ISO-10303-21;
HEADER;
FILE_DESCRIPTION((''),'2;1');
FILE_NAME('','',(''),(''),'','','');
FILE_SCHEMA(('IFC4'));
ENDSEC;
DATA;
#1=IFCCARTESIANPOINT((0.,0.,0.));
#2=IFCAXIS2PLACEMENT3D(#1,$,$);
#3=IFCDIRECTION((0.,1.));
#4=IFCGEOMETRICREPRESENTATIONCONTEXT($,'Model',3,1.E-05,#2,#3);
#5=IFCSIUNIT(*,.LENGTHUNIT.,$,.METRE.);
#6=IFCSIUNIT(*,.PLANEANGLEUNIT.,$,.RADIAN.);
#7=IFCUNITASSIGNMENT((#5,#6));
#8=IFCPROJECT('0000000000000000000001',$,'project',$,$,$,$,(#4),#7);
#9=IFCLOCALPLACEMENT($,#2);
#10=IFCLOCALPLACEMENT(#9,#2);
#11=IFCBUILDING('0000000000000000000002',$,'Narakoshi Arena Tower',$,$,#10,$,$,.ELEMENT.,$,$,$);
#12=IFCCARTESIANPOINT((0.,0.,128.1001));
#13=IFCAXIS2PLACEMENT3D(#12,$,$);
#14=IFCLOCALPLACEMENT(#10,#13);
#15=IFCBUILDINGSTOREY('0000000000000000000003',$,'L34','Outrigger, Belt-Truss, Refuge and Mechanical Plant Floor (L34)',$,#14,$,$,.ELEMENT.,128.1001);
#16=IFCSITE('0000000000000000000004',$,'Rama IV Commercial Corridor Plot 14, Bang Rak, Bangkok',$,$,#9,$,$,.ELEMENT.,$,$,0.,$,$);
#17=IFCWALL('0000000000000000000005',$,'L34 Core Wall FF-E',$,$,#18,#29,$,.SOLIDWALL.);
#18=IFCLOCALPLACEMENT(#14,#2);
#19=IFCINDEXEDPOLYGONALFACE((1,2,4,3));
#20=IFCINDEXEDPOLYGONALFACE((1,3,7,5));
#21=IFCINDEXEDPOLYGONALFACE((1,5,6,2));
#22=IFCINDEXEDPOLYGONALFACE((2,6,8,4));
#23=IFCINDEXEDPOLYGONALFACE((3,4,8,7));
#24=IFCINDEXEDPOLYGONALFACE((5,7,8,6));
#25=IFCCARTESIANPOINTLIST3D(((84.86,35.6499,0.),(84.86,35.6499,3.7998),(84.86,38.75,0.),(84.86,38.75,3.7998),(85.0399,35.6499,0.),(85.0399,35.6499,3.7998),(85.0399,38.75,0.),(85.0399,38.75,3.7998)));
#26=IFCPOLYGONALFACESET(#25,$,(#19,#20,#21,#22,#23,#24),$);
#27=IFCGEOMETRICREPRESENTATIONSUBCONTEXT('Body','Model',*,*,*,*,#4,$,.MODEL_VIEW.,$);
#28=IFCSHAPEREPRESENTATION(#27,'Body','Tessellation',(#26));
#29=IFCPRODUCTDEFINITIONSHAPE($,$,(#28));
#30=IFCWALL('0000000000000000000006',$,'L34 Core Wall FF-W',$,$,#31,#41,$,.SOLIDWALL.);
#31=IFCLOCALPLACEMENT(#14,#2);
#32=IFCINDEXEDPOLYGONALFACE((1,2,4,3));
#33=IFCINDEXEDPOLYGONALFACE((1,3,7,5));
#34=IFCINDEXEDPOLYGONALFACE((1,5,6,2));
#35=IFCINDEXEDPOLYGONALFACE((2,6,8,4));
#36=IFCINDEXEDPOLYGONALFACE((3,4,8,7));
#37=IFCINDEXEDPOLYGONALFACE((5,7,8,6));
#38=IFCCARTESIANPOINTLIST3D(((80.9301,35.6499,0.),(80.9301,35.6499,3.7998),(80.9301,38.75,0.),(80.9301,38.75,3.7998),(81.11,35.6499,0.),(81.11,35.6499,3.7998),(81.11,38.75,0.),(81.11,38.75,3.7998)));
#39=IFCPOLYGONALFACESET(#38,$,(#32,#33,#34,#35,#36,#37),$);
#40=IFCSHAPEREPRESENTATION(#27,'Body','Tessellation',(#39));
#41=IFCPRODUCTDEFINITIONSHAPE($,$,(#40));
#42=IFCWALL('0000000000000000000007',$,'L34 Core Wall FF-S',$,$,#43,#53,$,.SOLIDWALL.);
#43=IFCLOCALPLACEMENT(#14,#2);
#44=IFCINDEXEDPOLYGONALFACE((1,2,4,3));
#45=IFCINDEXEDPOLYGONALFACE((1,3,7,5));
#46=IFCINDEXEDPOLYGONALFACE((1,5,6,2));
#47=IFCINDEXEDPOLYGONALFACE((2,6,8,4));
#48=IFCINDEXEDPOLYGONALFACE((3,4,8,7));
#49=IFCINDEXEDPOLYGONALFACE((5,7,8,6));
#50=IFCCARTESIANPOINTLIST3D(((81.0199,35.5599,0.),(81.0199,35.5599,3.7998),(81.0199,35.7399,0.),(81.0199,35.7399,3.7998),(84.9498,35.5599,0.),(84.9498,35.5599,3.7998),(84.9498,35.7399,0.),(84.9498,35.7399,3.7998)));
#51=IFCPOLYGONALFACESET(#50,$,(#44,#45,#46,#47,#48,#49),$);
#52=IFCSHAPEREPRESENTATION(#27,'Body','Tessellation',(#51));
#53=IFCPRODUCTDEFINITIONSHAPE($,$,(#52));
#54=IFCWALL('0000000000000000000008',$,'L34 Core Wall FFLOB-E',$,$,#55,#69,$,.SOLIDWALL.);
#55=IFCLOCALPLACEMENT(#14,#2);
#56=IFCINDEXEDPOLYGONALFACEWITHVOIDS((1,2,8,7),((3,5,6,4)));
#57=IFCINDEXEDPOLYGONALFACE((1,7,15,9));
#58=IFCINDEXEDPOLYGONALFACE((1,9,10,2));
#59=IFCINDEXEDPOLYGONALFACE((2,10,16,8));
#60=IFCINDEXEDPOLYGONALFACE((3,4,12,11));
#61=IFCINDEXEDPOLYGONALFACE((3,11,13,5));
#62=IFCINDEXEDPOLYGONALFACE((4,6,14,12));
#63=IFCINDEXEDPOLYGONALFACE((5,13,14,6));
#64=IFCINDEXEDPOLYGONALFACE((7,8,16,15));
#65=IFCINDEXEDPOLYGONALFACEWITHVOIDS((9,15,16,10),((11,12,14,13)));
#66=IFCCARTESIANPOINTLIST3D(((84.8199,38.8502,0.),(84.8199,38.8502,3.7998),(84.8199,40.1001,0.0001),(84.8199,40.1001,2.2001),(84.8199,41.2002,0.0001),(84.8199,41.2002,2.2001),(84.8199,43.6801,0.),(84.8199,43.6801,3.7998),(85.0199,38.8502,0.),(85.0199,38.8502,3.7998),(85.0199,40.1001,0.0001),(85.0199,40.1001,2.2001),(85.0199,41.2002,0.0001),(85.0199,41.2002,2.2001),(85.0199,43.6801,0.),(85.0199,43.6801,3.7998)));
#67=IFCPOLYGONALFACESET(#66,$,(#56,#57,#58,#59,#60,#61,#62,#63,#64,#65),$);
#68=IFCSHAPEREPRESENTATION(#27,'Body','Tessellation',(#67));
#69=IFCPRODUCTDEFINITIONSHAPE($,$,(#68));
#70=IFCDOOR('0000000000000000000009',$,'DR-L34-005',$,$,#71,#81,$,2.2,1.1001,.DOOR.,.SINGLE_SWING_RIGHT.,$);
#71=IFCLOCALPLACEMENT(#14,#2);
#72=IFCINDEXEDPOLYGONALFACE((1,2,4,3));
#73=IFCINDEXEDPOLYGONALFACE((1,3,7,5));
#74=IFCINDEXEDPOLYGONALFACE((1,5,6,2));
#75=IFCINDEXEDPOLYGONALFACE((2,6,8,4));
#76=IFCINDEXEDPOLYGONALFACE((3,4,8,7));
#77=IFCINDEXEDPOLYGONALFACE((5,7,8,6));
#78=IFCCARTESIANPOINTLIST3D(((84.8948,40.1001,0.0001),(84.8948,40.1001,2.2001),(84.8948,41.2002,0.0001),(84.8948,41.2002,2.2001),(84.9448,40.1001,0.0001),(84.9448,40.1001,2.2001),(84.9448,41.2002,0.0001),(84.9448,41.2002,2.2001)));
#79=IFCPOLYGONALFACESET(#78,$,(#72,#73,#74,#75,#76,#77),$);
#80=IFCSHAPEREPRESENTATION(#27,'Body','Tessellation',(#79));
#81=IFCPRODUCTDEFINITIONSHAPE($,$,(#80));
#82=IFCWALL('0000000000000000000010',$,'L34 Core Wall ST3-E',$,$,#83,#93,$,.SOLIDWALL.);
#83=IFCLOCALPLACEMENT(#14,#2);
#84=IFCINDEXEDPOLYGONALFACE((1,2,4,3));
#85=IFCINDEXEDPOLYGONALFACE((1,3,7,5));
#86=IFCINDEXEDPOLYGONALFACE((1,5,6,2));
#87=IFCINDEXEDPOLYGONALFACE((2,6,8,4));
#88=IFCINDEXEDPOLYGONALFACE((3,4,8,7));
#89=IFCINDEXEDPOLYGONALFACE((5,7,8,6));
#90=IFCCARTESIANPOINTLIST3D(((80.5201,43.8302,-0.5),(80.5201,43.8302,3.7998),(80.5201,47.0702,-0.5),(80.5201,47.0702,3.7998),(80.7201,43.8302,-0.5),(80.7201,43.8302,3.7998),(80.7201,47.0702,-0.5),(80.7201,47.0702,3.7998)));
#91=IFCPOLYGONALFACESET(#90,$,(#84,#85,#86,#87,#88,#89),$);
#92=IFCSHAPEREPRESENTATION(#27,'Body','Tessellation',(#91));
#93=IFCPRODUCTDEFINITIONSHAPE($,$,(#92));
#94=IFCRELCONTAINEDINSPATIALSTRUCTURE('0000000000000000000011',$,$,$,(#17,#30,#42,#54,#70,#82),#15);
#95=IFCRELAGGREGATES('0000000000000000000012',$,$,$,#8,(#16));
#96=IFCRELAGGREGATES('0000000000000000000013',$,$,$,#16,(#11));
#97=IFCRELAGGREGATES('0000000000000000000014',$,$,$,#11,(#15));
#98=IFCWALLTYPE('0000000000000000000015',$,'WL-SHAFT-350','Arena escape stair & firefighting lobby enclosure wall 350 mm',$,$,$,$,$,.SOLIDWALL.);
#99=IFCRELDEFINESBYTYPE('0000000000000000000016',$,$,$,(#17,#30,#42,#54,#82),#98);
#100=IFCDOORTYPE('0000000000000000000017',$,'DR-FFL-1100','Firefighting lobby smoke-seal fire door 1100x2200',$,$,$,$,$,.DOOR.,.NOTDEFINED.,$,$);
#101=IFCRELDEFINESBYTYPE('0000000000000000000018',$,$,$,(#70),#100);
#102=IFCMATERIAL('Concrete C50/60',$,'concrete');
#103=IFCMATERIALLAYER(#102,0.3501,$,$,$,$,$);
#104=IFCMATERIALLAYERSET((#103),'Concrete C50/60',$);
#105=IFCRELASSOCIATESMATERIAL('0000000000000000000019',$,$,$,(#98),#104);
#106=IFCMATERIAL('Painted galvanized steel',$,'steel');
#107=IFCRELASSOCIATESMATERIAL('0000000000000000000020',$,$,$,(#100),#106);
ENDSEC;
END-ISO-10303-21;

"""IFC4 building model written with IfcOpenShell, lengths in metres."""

from ifc_helpers import new_model, si_unit, direction, frame, frame_2d, origin, place, context, subcontext, project, spatial, rectangle, extrude, material, layer, layer_set, type_object, element, fill, save


model = new_model("IFC4")

# Units and contexts
model_context = context("Model", 3, precision=1e-05, world=origin(), true_north=direction((0.0, 1.0)))
body_context = subcontext(model_context, "Body", "Model", "MODEL_VIEW")
ifc_project = project(units=[si_unit("LENGTHUNIT", "METRE"), si_unit("PLANEANGLEUNIT", "RADIAN")], contexts=[model_context])

# Site, building, storey
site_placement = place(None, origin())
site = spatial("IfcSite", under=ifc_project, at=site_placement, Name="Rama IV Commercial Corridor Plot 14, Bang Rak, Bangkok", CompositionType="ELEMENT", RefElevation=0.0)
building_placement = place(site_placement, origin())
building = spatial("IfcBuilding", under=site, at=building_placement, Name="Narakoshi Arena Tower", CompositionType="ELEMENT")
storey_placement = place(building_placement, frame((0.0, 0.0, 128.1001)))
storey = spatial("IfcBuildingStorey", under=building, at=storey_placement, Name="L34", Description="Outrigger, Belt-Truss, Refuge and Mechanical Plant Floor (L34)", CompositionType="ELEMENT", Elevation=128.1001)

# Shared definitions
ifc_material_1 = material(Name="Painted galvanized steel", Category="steel")

# Shared definitions
ifc_material_2 = material(Name="Concrete C50/60", Category="concrete")
ifc_layer_1 = layer(ifc_material_2, 0.3501)
ifc_layer_set_1 = layer_set([ifc_layer_1], Name="Concrete C50/60")
wall_type_1 = type_object("IfcWallType", Name="WL-SHAFT-350", Description="Arena escape stair & firefighting lobby enclosure wall 350 mm", PredefinedType="SOLIDWALL", material=ifc_layer_set_1)

# Walls
for number, where, z_axis, x_axis, name in (
    (1, (84.95, 35.6499, 0.0), (0.0, 0.0, 1.0), (0.0, 1.0, 0.0), "L34 Core Wall FF-E"),
    (2, (81.02, 35.6499, 0.0), (0.0, 0.0, 1.0), (0.0, 1.0, 0.0), "L34 Core Wall FF-W"),
):
    element("IfcWall", number, at=place(storey_placement, frame(where, z_axis=z_axis, x_axis=x_axis)), inside=storey, type_object=wall_type_1, Name=name, PredefinedType="SOLIDWALL", context=body_context, shape_type="SweptSolid", body=[
        extrude(rectangle(XDim=3.1001, YDim=0.1799, at=frame_2d((1.55, 0.0))), origin(), (0.0, 0.0, 1.0), 3.7998),
    ])
wall_1_placement = place(storey_placement, frame((81.02, 35.6499, 0.0), z_axis=(0.0, 0.0, 1.0), x_axis=(1.0, 0.0, 0.0)))
element("IfcWall", 3, at=wall_1_placement, inside=storey, type_object=wall_type_1, Name="L34 Core Wall FF-S", PredefinedType="SOLIDWALL", context=body_context, shape_type="SweptSolid", body=[
    extrude(rectangle(XDim=3.9299, YDim=0.1799, at=frame_2d((1.9648, 0.0))), origin(), (0.0, 0.0, 1.0), 3.7998),
])

# Wall, opening, door
wall_2_placement = place(storey_placement, frame((84.9199, 38.8501, 0.0), z_axis=(0.0, 0.0, 1.0), x_axis=(0.0, 1.0, 0.0)))
wall_2 = element("IfcWall", 4, at=wall_2_placement, inside=storey, type_object=wall_type_1, Name="L34 Core Wall FFLOB-E", PredefinedType="SOLIDWALL", context=body_context, shape_type="SweptSolid", body=[
    extrude(rectangle(XDim=4.8298, YDim=0.2, at=frame_2d((2.415, 0.0))), origin(), (0.0, 0.0, 1.0), 3.7998),
])
opening_1_placement = place(wall_2_placement, frame((1.25, 0.0, 0.0)))
opening_1 = element("IfcOpeningElement", 5, at=opening_1_placement, cuts=wall_2, PredefinedType="OPENING", context=body_context, shape_type="SweptSolid", body=[
    extrude(rectangle(XDim=1.1001, YDim=2.2, at=frame_2d((0.55, 1.1001))), frame((0.0, 0.1099, 0.0), z_axis=(0.0, -1.0, 0.0), x_axis=(1.0, 0.0, 0.0)), (0.0, 0.0, 1.0), 0.22),
])
door_type_1 = type_object("IfcDoorType", Name="DR-FFL-1100", Description="Firefighting lobby smoke-seal fire door 1100x2200", OperationType="NOTDEFINED", PredefinedType="DOOR", material=ifc_material_1)
door_1_placement = place(opening_1_placement, frame((1.1001, 0.0, 0.0), z_axis=(0.0, 0.0, 1.0), x_axis=(-1.0, 0.0, 0.0)))
door_1 = element("IfcDoor", 6, at=door_1_placement, inside=storey, type_object=door_type_1, Name="DR-L34-005", OperationType="SINGLE_SWING_RIGHT", OverallHeight=2.2, OverallWidth=1.1001, PredefinedType="DOOR", context=body_context, shape_type="SweptSolid", body=[
    extrude(rectangle(XDim=1.1001, YDim=2.2, at=frame_2d((0.55, 1.1001))), frame((0.0, 0.0249, 0.0), z_axis=(0.0, -1.0, 0.0), x_axis=(1.0, 0.0, 0.0)), (0.0, 0.0, 1.0), 0.05),
])
fill(opening_1, door_1)

# Wall
wall_3_placement = place(storey_placement, frame((80.6201, 43.8301, -0.5), z_axis=(0.0, 0.0, 1.0), x_axis=(0.0, 1.0, 0.0)))
element("IfcWall", 7, at=wall_3_placement, inside=storey, type_object=wall_type_1, Name="L34 Core Wall ST3-E", PredefinedType="SOLIDWALL", context=body_context, shape_type="SweptSolid", body=[
    extrude(rectangle(XDim=3.24, YDim=0.2, at=frame_2d((1.6201, 0.0))), origin(), (0.0, 0.0, 1.0), 4.2998),
])

save(model, "model.ifc")
